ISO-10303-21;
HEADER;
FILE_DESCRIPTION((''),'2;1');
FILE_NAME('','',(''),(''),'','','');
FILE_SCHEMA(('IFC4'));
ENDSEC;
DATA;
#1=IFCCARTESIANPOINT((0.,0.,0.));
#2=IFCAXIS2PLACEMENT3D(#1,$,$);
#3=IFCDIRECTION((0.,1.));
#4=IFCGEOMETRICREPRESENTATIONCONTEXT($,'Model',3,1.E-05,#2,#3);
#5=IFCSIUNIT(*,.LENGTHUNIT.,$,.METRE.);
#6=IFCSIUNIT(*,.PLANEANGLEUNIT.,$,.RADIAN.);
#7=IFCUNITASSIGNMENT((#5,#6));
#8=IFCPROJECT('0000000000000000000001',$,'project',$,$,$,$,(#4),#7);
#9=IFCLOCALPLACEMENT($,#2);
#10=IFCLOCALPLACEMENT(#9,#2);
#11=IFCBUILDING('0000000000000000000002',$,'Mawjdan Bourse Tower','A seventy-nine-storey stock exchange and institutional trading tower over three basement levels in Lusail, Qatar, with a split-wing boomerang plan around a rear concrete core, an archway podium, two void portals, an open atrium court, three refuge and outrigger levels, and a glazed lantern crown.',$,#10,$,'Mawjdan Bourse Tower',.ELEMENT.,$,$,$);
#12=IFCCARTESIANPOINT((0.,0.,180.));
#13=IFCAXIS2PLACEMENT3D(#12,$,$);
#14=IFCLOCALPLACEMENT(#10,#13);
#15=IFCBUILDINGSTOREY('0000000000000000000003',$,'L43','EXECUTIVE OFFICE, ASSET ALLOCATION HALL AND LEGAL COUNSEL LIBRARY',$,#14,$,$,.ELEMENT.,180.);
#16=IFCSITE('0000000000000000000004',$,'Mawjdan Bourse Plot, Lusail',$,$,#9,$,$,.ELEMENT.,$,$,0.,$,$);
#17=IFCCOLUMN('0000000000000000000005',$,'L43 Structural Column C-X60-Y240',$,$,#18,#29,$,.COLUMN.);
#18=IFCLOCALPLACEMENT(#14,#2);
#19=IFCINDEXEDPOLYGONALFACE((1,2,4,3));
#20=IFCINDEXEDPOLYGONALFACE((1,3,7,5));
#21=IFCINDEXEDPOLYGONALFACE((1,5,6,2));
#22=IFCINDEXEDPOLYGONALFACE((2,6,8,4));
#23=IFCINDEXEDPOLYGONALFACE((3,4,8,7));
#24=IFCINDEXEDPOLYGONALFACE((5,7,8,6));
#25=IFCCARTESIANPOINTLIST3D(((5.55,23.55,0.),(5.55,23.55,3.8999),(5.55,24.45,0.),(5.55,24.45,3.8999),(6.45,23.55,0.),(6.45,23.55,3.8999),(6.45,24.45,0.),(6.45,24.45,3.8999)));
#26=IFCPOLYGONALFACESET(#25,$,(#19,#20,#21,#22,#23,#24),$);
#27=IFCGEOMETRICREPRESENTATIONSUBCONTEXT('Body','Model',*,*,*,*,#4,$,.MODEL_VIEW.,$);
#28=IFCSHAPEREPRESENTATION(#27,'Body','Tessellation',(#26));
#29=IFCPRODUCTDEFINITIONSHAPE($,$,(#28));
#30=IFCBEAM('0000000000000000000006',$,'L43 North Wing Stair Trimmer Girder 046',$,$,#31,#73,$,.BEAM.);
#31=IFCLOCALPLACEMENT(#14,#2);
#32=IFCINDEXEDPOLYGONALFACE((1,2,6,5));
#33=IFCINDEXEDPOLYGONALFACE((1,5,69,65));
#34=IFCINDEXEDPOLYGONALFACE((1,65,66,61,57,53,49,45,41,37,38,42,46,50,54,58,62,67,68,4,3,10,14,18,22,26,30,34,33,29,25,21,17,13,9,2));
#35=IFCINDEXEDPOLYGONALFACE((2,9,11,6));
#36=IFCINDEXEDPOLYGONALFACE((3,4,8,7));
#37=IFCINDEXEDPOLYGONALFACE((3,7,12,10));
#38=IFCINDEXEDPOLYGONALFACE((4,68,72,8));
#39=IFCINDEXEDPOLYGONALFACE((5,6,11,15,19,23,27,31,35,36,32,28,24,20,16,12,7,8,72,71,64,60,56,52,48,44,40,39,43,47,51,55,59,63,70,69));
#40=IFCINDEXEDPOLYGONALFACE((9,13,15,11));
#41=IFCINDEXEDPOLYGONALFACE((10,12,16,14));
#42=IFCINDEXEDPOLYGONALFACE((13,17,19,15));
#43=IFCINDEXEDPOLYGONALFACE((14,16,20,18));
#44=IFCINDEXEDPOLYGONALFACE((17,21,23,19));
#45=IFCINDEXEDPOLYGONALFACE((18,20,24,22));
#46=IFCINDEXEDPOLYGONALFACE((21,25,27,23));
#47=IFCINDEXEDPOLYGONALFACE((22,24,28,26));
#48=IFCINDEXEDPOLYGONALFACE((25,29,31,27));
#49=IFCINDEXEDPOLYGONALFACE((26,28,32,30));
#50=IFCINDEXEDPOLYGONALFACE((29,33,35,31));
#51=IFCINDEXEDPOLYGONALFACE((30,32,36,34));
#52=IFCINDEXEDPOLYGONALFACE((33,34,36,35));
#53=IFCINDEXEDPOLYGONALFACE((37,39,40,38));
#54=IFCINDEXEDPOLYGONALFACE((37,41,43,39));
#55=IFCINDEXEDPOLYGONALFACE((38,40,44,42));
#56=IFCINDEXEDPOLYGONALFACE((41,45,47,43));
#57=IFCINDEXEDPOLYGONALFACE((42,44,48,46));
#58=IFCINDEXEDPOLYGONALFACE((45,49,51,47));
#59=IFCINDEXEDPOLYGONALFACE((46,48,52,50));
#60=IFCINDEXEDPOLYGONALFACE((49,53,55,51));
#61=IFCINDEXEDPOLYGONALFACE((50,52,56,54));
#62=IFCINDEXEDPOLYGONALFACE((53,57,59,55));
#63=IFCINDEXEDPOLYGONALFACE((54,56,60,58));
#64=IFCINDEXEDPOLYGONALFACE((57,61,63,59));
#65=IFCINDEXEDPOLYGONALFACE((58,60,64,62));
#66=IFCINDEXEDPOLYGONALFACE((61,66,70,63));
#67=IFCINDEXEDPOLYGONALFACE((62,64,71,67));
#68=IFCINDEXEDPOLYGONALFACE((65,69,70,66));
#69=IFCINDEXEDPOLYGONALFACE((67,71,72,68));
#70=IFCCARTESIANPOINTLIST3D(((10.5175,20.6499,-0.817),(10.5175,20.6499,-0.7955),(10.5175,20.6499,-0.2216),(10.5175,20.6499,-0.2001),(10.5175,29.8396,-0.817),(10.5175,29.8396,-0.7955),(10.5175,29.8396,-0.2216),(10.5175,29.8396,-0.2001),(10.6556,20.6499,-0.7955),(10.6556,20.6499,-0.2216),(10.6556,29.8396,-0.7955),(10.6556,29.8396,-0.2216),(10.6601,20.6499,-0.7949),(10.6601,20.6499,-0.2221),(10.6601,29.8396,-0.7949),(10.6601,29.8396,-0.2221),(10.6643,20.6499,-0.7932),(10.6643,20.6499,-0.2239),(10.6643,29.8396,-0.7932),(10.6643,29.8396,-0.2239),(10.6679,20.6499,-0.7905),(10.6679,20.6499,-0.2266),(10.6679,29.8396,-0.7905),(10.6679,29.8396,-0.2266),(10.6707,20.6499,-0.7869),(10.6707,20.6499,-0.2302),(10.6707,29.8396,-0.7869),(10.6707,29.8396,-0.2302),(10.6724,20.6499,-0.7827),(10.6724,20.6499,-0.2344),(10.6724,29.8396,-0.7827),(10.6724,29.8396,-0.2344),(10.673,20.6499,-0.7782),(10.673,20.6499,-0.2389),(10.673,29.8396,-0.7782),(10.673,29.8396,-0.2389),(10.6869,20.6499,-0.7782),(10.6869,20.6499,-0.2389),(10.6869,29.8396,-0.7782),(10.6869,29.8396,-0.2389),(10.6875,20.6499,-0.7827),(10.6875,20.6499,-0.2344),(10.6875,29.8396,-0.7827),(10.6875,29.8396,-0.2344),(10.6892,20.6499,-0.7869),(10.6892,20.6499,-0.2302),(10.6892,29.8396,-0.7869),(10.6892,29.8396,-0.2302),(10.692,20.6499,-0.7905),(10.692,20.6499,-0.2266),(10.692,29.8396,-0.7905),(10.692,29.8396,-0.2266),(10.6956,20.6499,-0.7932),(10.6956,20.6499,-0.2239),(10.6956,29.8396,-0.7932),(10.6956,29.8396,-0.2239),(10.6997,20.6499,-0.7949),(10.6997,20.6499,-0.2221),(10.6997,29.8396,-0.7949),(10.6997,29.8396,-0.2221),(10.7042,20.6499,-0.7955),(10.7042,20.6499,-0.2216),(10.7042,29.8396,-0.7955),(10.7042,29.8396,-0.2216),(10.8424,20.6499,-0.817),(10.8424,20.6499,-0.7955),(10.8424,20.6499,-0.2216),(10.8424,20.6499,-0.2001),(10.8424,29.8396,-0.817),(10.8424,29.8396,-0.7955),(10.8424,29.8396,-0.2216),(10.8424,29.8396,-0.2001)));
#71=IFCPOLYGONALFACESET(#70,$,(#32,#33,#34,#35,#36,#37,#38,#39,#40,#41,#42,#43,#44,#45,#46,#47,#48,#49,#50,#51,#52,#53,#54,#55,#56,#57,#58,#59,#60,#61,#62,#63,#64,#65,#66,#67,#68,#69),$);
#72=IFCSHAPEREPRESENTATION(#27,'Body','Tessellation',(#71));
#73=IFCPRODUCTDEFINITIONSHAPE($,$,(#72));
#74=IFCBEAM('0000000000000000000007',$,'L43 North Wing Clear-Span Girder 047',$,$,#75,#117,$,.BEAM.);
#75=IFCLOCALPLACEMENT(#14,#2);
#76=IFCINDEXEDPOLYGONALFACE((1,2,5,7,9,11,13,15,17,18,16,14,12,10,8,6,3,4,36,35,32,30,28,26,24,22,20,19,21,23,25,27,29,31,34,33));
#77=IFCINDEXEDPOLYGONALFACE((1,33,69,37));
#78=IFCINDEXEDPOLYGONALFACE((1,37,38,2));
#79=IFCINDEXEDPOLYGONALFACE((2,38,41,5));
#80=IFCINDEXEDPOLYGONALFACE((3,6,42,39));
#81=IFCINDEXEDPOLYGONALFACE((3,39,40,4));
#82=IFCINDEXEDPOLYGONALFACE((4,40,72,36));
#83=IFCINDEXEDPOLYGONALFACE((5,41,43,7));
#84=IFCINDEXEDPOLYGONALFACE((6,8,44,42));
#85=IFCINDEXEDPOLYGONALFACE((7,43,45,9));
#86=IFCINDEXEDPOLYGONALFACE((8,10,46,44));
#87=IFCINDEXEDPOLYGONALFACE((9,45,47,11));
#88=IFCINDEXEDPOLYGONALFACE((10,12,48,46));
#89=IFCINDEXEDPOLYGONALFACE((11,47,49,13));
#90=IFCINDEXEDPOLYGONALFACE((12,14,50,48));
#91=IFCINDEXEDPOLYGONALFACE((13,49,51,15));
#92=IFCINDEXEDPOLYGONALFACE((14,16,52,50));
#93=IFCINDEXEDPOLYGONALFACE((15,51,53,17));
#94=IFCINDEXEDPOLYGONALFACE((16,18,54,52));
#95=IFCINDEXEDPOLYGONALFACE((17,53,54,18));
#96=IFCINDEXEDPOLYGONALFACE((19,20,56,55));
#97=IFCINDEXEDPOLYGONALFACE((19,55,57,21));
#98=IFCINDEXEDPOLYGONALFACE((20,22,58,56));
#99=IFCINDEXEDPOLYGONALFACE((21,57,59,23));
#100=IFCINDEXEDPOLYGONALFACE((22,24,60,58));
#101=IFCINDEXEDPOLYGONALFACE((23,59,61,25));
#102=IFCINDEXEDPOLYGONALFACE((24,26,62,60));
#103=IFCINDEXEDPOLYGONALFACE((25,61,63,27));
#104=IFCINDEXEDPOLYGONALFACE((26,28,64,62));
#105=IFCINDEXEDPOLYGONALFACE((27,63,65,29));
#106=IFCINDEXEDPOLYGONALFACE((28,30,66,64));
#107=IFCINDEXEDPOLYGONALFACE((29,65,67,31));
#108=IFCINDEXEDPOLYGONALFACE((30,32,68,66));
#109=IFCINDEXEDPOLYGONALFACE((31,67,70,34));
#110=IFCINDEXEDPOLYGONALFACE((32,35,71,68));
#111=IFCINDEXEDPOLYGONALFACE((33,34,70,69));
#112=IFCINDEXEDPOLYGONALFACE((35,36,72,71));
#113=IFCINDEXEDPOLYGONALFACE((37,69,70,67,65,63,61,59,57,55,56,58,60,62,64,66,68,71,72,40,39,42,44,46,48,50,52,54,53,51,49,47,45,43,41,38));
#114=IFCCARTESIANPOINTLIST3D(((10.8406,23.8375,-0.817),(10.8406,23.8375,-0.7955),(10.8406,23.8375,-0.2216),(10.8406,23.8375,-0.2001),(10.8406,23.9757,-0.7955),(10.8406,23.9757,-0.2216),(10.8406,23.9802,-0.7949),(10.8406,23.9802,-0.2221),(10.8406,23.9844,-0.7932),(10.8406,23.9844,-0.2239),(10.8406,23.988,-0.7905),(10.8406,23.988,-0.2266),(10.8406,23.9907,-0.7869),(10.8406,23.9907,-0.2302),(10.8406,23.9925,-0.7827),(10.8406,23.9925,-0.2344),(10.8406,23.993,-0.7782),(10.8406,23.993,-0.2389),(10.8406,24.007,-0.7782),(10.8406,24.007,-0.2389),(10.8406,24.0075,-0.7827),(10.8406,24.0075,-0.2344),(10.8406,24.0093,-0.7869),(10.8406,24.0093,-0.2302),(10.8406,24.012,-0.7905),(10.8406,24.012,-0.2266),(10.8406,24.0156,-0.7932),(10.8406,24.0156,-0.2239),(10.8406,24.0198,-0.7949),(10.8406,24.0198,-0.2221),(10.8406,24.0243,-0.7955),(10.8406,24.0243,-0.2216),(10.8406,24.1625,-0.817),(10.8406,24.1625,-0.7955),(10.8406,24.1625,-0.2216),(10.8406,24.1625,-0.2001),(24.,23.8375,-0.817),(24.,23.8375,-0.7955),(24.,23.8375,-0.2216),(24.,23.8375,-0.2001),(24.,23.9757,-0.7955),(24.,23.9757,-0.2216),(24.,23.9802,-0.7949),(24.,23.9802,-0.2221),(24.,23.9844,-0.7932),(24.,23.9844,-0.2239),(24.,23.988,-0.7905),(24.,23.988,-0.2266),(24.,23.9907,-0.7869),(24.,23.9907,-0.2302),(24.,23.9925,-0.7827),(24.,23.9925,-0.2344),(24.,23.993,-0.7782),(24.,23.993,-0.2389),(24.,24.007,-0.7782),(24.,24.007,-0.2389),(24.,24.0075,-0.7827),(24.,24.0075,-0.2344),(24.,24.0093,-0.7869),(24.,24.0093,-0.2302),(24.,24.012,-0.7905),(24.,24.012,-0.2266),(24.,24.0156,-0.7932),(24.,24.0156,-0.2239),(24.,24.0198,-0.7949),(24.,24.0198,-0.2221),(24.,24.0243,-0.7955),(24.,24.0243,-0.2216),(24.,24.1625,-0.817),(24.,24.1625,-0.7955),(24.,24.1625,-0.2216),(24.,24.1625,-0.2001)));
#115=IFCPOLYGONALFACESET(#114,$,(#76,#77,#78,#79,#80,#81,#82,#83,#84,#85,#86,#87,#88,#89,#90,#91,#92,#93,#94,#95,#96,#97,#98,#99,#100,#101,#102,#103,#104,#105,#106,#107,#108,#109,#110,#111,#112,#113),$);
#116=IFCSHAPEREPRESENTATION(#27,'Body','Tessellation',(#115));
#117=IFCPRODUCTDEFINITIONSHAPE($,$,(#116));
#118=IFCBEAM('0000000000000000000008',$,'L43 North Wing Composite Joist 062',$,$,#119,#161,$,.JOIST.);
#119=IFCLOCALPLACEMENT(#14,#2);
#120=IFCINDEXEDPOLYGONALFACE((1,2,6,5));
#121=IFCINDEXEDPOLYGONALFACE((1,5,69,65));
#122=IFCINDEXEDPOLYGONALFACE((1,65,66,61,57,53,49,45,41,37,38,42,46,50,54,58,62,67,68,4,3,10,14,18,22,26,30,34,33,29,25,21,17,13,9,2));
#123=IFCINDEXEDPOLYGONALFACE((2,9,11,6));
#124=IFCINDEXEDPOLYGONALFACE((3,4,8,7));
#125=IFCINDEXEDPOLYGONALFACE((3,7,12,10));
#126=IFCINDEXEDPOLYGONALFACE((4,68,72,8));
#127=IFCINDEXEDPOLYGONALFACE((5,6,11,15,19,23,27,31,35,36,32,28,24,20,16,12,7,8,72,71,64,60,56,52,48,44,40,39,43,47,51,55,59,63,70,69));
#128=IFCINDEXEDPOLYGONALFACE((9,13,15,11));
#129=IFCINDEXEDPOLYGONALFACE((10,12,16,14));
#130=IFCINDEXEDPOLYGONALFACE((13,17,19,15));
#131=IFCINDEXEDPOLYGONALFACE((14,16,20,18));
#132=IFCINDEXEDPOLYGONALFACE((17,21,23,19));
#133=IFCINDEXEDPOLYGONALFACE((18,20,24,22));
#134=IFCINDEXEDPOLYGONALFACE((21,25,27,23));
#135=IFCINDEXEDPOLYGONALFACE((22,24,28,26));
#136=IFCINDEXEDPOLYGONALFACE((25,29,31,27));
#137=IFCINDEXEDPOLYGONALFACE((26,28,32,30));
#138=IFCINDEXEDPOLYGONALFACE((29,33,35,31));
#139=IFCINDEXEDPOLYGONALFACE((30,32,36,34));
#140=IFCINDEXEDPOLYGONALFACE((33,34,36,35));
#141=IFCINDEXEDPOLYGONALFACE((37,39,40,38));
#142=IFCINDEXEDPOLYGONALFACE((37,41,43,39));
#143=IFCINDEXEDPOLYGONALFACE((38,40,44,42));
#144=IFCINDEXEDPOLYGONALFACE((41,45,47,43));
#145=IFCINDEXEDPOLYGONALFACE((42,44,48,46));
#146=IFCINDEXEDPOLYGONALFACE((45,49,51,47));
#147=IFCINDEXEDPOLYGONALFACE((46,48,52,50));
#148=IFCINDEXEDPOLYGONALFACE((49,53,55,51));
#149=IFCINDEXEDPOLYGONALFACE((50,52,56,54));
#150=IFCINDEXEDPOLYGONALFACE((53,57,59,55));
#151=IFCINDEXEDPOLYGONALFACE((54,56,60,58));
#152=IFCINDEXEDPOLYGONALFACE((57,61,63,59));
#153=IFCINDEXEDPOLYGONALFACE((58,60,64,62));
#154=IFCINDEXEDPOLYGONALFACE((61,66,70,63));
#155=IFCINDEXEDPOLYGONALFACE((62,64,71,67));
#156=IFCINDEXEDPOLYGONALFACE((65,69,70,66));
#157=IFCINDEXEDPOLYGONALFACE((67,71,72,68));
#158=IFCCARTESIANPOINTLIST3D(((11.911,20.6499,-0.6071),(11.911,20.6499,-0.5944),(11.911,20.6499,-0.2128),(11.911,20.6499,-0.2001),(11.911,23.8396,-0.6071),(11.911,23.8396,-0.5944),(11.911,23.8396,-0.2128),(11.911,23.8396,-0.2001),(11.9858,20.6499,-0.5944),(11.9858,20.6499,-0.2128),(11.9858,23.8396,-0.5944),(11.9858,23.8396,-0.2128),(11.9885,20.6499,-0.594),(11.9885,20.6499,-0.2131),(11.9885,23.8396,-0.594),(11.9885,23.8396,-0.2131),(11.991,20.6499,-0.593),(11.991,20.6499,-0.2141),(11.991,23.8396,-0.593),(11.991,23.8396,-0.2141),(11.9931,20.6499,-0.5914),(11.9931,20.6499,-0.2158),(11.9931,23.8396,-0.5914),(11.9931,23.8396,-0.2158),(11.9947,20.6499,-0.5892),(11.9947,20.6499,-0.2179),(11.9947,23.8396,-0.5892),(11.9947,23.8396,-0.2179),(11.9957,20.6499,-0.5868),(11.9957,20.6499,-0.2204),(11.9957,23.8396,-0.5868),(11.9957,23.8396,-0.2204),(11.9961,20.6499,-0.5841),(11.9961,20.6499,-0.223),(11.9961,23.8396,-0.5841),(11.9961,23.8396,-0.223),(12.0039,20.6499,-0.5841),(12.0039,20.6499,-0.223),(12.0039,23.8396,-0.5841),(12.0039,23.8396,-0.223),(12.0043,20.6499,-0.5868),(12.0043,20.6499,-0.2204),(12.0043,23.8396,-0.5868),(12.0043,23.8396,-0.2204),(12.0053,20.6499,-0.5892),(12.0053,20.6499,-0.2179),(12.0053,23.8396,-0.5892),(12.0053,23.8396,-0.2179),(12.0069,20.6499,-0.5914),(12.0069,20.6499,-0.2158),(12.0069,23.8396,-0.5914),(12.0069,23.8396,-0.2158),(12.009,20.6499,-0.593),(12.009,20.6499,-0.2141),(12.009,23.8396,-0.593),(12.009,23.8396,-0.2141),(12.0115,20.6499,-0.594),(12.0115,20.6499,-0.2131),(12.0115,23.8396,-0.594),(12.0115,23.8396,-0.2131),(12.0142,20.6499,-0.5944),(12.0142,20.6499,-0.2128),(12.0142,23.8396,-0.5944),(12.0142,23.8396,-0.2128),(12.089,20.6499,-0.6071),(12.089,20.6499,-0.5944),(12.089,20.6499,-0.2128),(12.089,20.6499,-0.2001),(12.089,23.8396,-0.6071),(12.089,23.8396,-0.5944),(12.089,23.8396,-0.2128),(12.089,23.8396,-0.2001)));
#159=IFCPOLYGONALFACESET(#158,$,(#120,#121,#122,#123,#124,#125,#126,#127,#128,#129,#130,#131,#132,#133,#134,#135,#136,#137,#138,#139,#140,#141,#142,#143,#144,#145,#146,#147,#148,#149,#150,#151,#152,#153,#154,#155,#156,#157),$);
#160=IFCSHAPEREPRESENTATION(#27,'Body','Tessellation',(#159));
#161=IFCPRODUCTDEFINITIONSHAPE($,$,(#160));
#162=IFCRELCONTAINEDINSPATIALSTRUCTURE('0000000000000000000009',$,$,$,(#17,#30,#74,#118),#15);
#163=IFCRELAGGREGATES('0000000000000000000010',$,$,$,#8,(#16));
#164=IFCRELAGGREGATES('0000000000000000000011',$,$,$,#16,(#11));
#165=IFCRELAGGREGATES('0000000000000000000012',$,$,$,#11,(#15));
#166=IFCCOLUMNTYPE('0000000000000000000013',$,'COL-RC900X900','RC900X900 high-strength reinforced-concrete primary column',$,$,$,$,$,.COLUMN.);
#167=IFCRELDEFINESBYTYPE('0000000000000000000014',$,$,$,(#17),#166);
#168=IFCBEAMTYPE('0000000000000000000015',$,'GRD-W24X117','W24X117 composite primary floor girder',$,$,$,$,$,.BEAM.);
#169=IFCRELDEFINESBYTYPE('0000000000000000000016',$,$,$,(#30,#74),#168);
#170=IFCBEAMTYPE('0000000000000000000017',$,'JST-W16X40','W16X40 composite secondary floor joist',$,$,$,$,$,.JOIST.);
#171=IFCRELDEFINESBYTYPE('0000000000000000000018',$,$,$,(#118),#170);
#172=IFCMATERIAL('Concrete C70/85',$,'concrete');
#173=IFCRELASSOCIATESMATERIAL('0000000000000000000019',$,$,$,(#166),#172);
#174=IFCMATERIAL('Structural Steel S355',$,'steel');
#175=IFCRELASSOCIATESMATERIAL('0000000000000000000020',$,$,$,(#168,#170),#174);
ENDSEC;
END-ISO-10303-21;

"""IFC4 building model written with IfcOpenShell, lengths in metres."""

from ifc_helpers import new_model, si_unit, direction, frame, origin, origin_2d, place, context, subcontext, project, spatial, rectangle, i_section, extrude, material, material_profile, profile_set, type_object, element, save


model = new_model("IFC4")

# Units and contexts
model_context = context("Model", 3, precision=1e-05, world=origin(), true_north=direction((0.0, 1.0)))
body_context = subcontext(model_context, "Body", "Model", "MODEL_VIEW")
ifc_project = project(units=[si_unit("LENGTHUNIT", "METRE"), si_unit("PLANEANGLEUNIT", "RADIAN")], contexts=[model_context])

# Site, building, storey
site_placement = place(None, origin())
site = spatial("IfcSite", under=ifc_project, at=site_placement, Name="Mawjdan Bourse Plot, Lusail", CompositionType="ELEMENT", RefElevation=0.0)
building_placement = place(site_placement, origin())
building = spatial("IfcBuilding", under=site, at=building_placement, Name="Mawjdan Bourse Tower", Description="A seventy-nine-storey stock exchange and institutional trading tower over three basement levels in Lusail, Qatar, with a split-wing boomerang plan around a rear concrete core, an archway podium, two void portals, an open atrium court, three refuge and outrigger levels, and a glazed lantern crown.", LongName="Mawjdan Bourse Tower", CompositionType="ELEMENT")
storey_placement = place(building_placement, frame((0.0, 0.0, 180.0)))
storey = spatial("IfcBuildingStorey", under=building, at=storey_placement, Name="L43", Description="EXECUTIVE OFFICE, ASSET ALLOCATION HALL AND LEGAL COUNSEL LIBRARY", CompositionType="ELEMENT", Elevation=180.0)

# Column
ifc_material_1 = material(Name="Concrete C70/85", Category="concrete")
ifc_material_profile_1 = material_profile(ifc_material_1, rectangle(XDim=0.8999, YDim=0.8999, at=origin_2d()), Name="RC900X900")
ifc_profile_set_1 = profile_set([ifc_material_profile_1], Name="Concrete C70/85")
column_type = type_object("IfcColumnType", Name="COL-RC900X900", Description="RC900X900 high-strength reinforced-concrete primary column", PredefinedType="COLUMN", material=ifc_profile_set_1)
column_placement = place(storey_placement, frame((6.0, 24.0, 0.0), z_axis=(0.0, 0.0, 1.0), x_axis=(1.0, 0.0, 0.0)))
element("IfcColumn", 1, at=column_placement, inside=storey, type_object=column_type, Name="L43 Structural Column C-X60-Y240", PredefinedType="COLUMN", context=body_context, shape_type="SweptSolid", body=[
    extrude(rectangle(XDim=0.8999, YDim=0.8999, at=origin_2d()), origin(), (0.0, 0.0, 1.0), 3.8999),
])

# Beams
ifc_material_2 = material(Name="Structural Steel S355", Category="steel")
ifc_material_profile_2 = material_profile(ifc_material_2, i_section(OverallWidth=0.325, OverallDepth=0.6169, WebThickness=0.0139, FlangeThickness=0.0215, FilletRadius=0.0173, at=origin_2d()), Name="W24X117")
ifc_profile_set_2 = profile_set([ifc_material_profile_2], Name="Structural Steel S355")
beam_type_1 = type_object("IfcBeamType", Name="GRD-W24X117", Description="W24X117 composite primary floor girder", PredefinedType="BEAM", material=ifc_profile_set_2)
beam_1_placement = place(storey_placement, frame((10.6799, 20.6499, -0.5085), z_axis=(0.0, 1.0, 0.0), x_axis=(-1.0, 0.0, 0.0)))
element("IfcBeam", 2, at=beam_1_placement, inside=storey, type_object=beam_type_1, Name="L43 North Wing Stair Trimmer Girder 046", PredefinedType="BEAM", context=body_context, shape_type="SweptSolid", body=[
    extrude(i_section(OverallWidth=0.325, OverallDepth=0.6169, WebThickness=0.0139, FlangeThickness=0.0215, FilletRadius=0.0173, at=origin_2d()), origin(), (0.0, 0.0, 1.0), 9.1897),
])
beam_2_placement = place(storey_placement, frame((10.8406, 24.0, -0.5085), z_axis=(1.0, 0.0, 0.0), x_axis=(0.0, 1.0, 0.0)))
element("IfcBeam", 3, at=beam_2_placement, inside=storey, type_object=beam_type_1, Name="L43 North Wing Clear-Span Girder 047", PredefinedType="BEAM", context=body_context, shape_type="SweptSolid", body=[
    extrude(i_section(OverallWidth=0.325, OverallDepth=0.6169, WebThickness=0.0139, FlangeThickness=0.0215, FilletRadius=0.0173, at=origin_2d()), origin(), (0.0, 0.0, 1.0), 13.1594),
])
ifc_material_profile_3 = material_profile(ifc_material_2, i_section(OverallWidth=0.178, OverallDepth=0.407, WebThickness=0.0078, FlangeThickness=0.0127, FilletRadius=0.0103, at=origin_2d()), Name="W16X40")
ifc_profile_set_3 = profile_set([ifc_material_profile_3], Name="Structural Steel S355")
beam_type_2 = type_object("IfcBeamType", Name="JST-W16X40", Description="W16X40 composite secondary floor joist", PredefinedType="JOIST", material=ifc_profile_set_3)
beam_3_placement = place(storey_placement, frame((12.0, 20.6499, -0.4036), z_axis=(0.0, 1.0, 0.0), x_axis=(-1.0, 0.0, 0.0)))
element("IfcBeam", 4, at=beam_3_placement, inside=storey, type_object=beam_type_2, Name="L43 North Wing Composite Joist 062", PredefinedType="JOIST", context=body_context, shape_type="SweptSolid", body=[
    extrude(i_section(OverallWidth=0.178, OverallDepth=0.407, WebThickness=0.0078, FlangeThickness=0.0127, FilletRadius=0.0103, at=origin_2d()), origin(), (0.0, 0.0, 1.0), 3.1897),
])

save(model, "model.ifc")
